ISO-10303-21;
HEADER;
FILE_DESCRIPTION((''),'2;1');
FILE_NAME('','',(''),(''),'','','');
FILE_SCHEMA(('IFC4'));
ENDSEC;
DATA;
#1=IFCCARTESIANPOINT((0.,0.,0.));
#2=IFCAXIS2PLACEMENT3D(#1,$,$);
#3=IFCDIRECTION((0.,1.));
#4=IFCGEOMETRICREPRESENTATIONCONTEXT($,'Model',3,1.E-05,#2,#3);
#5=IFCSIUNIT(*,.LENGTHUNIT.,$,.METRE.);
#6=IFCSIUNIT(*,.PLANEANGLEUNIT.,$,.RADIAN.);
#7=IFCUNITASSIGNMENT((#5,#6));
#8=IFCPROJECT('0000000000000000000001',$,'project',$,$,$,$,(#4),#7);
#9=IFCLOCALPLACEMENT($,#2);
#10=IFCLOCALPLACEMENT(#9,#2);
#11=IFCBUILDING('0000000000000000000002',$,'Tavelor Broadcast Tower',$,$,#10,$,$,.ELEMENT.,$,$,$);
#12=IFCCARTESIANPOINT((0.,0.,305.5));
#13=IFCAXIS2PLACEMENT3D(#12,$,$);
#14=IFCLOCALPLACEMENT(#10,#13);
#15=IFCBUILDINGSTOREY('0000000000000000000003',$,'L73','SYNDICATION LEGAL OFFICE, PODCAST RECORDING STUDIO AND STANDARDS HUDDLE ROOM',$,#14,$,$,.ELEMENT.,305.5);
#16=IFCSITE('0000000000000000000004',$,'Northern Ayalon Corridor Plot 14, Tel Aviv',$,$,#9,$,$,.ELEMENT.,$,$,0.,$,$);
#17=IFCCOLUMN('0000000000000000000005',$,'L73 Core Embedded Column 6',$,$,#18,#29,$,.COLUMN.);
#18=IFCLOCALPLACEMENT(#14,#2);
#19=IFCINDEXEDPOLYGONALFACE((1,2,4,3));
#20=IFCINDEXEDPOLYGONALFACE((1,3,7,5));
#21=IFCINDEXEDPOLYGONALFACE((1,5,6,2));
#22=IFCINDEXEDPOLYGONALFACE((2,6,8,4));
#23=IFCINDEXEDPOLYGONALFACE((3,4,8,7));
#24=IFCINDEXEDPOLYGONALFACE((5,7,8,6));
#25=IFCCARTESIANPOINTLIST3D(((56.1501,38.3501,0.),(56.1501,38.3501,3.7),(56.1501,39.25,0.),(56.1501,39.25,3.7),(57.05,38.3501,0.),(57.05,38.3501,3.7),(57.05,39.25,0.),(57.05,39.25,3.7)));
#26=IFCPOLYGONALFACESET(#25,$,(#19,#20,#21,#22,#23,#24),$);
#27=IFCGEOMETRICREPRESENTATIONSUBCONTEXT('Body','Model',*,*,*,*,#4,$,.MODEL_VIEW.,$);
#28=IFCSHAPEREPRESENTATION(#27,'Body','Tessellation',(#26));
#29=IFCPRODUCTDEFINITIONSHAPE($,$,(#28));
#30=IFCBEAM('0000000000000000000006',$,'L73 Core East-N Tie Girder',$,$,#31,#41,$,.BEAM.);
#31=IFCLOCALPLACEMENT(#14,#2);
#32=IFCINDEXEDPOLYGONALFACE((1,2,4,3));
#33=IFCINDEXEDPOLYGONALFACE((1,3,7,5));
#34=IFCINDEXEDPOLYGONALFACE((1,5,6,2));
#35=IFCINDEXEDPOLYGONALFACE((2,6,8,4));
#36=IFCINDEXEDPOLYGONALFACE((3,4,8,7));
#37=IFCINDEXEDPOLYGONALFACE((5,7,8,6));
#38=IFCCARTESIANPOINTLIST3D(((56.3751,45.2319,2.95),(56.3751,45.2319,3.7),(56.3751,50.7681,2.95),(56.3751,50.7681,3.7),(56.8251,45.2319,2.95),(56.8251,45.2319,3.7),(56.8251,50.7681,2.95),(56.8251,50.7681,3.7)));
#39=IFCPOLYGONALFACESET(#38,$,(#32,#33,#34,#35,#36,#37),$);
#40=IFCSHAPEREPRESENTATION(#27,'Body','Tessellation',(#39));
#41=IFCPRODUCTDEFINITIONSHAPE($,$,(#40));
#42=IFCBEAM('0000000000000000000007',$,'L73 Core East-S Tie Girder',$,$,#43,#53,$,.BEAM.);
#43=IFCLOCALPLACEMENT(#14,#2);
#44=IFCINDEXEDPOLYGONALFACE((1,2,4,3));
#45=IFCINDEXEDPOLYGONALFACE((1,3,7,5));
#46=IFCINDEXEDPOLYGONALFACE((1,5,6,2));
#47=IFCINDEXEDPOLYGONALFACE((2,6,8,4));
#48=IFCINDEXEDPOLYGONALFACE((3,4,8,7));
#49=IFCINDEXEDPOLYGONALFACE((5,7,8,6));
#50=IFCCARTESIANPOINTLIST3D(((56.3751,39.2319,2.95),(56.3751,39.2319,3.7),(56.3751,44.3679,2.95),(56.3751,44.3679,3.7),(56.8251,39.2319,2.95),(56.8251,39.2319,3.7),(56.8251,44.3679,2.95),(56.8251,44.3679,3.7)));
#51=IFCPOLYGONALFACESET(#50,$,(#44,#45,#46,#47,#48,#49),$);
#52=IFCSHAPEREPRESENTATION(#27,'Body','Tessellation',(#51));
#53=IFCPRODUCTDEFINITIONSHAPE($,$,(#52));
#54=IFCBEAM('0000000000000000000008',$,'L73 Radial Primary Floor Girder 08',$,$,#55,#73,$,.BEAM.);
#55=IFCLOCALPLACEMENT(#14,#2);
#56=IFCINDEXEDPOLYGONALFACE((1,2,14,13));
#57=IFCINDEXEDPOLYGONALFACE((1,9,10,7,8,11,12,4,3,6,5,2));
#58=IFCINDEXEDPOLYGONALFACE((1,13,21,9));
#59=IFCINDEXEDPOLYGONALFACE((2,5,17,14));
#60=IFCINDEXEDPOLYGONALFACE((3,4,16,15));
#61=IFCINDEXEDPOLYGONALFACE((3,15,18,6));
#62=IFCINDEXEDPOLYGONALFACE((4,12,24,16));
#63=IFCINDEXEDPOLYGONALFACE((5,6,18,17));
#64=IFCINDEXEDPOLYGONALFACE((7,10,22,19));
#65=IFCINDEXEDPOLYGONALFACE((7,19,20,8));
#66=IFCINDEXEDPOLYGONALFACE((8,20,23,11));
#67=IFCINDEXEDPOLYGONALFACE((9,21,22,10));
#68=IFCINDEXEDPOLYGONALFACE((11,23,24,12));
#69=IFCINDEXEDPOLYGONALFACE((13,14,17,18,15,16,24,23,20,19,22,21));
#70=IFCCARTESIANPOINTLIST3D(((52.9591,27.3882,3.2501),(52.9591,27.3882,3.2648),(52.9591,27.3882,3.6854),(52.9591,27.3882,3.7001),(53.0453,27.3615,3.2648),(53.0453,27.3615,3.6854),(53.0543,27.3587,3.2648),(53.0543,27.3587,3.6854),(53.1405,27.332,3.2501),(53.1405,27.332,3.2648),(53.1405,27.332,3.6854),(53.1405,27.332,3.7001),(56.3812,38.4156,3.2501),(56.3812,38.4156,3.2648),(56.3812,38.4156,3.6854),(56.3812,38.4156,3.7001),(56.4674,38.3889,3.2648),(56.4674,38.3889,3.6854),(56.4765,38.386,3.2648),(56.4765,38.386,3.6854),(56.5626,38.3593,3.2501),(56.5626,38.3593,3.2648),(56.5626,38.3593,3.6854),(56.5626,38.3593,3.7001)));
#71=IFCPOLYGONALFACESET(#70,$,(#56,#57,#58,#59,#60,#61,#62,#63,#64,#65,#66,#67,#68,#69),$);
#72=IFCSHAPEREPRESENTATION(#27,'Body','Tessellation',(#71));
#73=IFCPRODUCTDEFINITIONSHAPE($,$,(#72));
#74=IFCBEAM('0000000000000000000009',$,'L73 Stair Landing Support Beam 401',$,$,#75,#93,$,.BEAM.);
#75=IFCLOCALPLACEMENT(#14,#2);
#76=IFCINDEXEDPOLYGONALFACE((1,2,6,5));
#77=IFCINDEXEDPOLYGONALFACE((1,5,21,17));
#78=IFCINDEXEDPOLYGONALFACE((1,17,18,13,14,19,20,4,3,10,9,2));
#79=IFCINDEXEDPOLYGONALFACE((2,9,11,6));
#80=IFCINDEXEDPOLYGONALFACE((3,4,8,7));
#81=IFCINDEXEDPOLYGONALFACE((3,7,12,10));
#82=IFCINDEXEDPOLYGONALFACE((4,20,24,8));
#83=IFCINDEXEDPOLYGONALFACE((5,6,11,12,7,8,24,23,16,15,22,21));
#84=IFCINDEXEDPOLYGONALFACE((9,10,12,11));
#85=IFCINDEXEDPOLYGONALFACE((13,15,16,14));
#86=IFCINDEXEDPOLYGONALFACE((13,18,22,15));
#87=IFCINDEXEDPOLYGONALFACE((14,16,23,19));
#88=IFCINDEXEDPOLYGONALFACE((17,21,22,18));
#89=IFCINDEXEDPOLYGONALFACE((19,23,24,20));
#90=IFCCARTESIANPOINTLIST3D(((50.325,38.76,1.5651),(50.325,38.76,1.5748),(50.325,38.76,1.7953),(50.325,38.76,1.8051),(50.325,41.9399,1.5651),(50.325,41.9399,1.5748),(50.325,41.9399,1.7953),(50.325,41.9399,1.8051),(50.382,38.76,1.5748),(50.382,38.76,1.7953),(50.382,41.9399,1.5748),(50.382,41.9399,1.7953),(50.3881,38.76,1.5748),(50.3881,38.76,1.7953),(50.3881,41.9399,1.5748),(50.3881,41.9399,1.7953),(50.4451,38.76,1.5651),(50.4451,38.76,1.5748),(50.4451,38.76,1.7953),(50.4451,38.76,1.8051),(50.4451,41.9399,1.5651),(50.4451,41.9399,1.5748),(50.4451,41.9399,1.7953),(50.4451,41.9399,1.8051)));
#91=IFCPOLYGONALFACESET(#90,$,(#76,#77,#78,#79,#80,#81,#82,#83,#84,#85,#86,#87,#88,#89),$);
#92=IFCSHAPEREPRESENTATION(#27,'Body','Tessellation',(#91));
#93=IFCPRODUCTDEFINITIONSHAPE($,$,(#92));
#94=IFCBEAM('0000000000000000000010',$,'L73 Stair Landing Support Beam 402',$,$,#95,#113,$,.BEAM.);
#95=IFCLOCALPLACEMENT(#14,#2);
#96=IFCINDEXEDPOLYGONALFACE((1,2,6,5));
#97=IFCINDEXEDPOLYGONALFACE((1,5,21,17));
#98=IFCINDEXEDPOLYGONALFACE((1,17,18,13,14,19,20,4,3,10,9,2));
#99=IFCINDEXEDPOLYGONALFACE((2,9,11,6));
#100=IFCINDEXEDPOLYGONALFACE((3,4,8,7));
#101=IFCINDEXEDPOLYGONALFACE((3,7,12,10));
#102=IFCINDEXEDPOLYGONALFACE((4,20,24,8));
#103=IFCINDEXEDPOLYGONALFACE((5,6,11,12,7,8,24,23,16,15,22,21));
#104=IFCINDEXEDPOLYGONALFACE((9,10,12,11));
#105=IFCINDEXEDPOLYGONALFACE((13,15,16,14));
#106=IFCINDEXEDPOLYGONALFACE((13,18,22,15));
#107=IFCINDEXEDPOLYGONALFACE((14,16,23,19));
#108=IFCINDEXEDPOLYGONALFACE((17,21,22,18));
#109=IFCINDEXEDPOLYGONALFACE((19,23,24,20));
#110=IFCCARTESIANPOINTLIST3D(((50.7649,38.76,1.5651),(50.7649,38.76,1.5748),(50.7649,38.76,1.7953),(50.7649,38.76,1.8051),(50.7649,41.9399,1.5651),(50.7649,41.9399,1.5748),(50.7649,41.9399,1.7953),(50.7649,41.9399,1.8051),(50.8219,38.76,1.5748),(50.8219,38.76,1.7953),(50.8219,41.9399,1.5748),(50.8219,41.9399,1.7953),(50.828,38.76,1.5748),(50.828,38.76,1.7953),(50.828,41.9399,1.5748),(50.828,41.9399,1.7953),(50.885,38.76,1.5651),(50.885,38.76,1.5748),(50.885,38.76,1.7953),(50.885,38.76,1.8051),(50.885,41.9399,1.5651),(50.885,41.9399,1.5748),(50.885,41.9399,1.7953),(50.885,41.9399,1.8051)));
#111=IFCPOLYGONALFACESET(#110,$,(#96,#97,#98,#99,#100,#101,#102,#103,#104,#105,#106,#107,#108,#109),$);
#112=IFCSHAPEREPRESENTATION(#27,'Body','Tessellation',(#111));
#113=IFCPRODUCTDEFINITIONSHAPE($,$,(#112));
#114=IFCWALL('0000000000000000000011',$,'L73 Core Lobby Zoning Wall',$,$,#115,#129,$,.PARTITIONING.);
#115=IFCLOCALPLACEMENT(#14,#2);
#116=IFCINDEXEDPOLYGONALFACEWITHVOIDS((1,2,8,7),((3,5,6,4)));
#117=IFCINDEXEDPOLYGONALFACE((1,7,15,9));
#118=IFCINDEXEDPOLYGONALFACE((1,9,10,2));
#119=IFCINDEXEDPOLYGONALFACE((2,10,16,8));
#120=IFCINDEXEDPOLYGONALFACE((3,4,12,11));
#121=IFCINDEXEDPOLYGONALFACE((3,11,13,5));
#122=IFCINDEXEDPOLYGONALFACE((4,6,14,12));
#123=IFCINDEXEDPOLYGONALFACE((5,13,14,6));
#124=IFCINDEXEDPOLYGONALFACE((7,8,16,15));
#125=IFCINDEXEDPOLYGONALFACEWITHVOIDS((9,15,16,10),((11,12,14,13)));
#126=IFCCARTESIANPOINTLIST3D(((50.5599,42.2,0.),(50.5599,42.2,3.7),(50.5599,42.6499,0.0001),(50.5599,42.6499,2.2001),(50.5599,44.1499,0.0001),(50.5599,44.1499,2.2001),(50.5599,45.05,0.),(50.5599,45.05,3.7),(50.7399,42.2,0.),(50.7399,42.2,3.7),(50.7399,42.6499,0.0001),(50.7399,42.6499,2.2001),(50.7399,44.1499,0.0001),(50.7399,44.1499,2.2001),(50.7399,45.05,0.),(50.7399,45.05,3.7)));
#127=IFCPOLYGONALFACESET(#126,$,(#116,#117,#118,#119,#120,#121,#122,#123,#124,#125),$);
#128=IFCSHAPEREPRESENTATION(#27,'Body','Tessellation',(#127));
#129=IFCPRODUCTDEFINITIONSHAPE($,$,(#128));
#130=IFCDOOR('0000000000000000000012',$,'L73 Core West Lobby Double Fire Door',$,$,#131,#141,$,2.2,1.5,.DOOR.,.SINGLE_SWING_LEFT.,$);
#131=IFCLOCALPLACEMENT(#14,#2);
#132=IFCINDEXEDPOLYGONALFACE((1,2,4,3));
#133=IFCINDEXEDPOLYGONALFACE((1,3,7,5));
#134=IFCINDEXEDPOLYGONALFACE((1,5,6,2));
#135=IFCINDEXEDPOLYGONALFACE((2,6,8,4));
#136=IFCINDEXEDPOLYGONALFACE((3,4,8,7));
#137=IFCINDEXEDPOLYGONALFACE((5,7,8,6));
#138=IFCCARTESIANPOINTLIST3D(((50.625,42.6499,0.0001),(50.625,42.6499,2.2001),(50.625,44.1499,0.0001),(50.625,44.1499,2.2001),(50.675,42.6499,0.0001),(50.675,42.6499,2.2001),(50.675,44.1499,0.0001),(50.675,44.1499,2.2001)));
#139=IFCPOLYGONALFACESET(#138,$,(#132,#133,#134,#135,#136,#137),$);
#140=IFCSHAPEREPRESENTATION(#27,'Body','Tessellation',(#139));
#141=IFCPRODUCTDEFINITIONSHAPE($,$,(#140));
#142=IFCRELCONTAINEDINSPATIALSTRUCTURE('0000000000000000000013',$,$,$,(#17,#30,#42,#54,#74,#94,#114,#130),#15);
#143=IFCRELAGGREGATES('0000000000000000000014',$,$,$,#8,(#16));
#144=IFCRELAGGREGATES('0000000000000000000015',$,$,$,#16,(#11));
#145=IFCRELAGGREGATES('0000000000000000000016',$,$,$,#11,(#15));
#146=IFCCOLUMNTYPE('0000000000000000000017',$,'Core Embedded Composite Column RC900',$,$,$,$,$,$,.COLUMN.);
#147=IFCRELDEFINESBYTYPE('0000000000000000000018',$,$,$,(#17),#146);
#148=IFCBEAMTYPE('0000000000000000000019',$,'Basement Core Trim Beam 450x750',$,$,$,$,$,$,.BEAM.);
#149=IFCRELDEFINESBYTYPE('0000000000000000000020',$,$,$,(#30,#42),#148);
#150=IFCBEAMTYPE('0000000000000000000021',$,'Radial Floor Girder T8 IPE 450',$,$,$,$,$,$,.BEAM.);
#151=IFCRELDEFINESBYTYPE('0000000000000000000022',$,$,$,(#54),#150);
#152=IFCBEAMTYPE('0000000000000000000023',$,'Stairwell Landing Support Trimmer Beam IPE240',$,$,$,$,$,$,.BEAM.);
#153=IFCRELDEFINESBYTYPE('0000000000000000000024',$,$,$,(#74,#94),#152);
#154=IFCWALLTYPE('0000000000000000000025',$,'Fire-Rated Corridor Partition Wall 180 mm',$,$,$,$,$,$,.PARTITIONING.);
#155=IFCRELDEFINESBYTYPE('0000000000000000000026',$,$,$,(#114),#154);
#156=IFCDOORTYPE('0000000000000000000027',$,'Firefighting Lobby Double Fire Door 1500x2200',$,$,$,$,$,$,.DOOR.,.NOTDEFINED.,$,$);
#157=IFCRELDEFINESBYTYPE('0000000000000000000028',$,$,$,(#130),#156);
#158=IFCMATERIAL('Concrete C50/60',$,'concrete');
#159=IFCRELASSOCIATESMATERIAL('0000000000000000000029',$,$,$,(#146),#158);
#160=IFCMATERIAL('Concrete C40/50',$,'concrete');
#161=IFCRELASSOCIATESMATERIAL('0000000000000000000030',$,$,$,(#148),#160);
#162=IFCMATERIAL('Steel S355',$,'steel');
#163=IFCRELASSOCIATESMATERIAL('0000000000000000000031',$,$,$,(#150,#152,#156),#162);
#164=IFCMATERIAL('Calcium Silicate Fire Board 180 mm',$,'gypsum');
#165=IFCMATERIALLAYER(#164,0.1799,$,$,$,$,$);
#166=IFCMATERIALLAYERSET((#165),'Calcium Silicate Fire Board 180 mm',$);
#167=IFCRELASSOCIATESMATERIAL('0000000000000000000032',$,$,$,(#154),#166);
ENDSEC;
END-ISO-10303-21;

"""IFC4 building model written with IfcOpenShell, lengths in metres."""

from ifc_helpers import new_model, si_unit, direction, frame, frame_2d, origin, origin_2d, place, context, subcontext, project, spatial, rectangle, i_section, extrude, material, layer, layer_set, material_profile, profile_set, type_object, element, fill, save


model = new_model("IFC4")

# Units and contexts
model_context = context("Model", 3, precision=1e-05, world=origin(), true_north=direction((0.0, 1.0)))
body_context = subcontext(model_context, "Body", "Model", "MODEL_VIEW")
ifc_project = project(units=[si_unit("LENGTHUNIT", "METRE"), si_unit("PLANEANGLEUNIT", "RADIAN")], contexts=[model_context])

# Site, building, storey
site_placement = place(None, origin())
site = spatial("IfcSite", under=ifc_project, at=site_placement, Name="Northern Ayalon Corridor Plot 14, Tel Aviv", CompositionType="ELEMENT", RefElevation=0.0)
building_placement = place(site_placement, origin())
building = spatial("IfcBuilding", under=site, at=building_placement, Name="Tavelor Broadcast Tower", CompositionType="ELEMENT")
storey_placement = place(building_placement, frame((0.0, 0.0, 305.5)))
storey = spatial("IfcBuildingStorey", under=building, at=storey_placement, Name="L73", Description="SYNDICATION LEGAL OFFICE, PODCAST RECORDING STUDIO AND STANDARDS HUDDLE ROOM", CompositionType="ELEMENT", Elevation=305.5)

# Column
ifc_material_1 = material(Name="Concrete C50/60", Category="concrete")
ifc_material_profile_1 = material_profile(ifc_material_1, rectangle(XDim=0.8999, YDim=0.8999, at=origin_2d()), Name="RC 900x900")
ifc_profile_set_1 = profile_set([ifc_material_profile_1], Name="Concrete C50/60")
column_type = type_object("IfcColumnType", Name="Core Embedded Composite Column RC900", PredefinedType="COLUMN", material=ifc_profile_set_1)
column_placement = place(storey_placement, frame((56.6001, 38.8, 0.0), z_axis=(0.0, 0.0, 1.0), x_axis=(1.0, 0.0, 0.0)))
element("IfcColumn", 1, at=column_placement, inside=storey, type_object=column_type, Name="L73 Core Embedded Column 6", PredefinedType="COLUMN", context=body_context, shape_type="SweptSolid", body=[
    extrude(rectangle(XDim=0.8999, YDim=0.8999, at=origin_2d()), origin(), (0.0, 0.0, 1.0), 3.7),
])

# Beams
ifc_material_2 = material(Name="Concrete C40/50", Category="concrete")
ifc_material_profile_2 = material_profile(ifc_material_2, rectangle(XDim=0.45, YDim=0.75, at=origin_2d()), Name="RC 450x750")
ifc_profile_set_2 = profile_set([ifc_material_profile_2], Name="Concrete C40/50")
beam_type_1 = type_object("IfcBeamType", Name="Basement Core Trim Beam 450x750", PredefinedType="BEAM", material=ifc_profile_set_2)
beam_1_placement = place(storey_placement, frame((56.6001, 45.2319, 3.325), z_axis=(0.0, 1.0, 0.0), x_axis=(-1.0, 0.0, 0.0)))
element("IfcBeam", 2, at=beam_1_placement, inside=storey, type_object=beam_type_1, Name="L73 Core East-N Tie Girder", PredefinedType="BEAM", context=body_context, shape_type="SweptSolid", body=[
    extrude(rectangle(XDim=0.45, YDim=0.75, at=origin_2d()), origin(), (0.0, 0.0, 1.0), 5.5361),
])
beam_2_placement = place(storey_placement, frame((56.6001, 39.2319, 3.325), z_axis=(0.0, 1.0, 0.0), x_axis=(-1.0, 0.0, 0.0)))
element("IfcBeam", 3, at=beam_2_placement, inside=storey, type_object=beam_type_1, Name="L73 Core East-S Tie Girder", PredefinedType="BEAM", context=body_context, shape_type="SweptSolid", body=[
    extrude(rectangle(XDim=0.45, YDim=0.75, at=origin_2d()), origin(), (0.0, 0.0, 1.0), 5.136),
])
ifc_material_3 = material(Name="Steel S355", Category="steel")
ifc_material_profile_3 = material_profile(ifc_material_3, i_section(OverallWidth=0.1899, OverallDepth=0.45, WebThickness=0.0095, FlangeThickness=0.0146, at=origin_2d()), Name="IPE 450")
ifc_profile_set_3 = profile_set([ifc_material_profile_3], Name="Steel S355")
beam_type_2 = type_object("IfcBeamType", Name="Radial Floor Girder T8 IPE 450", PredefinedType="BEAM", material=ifc_profile_set_3)
beam_3_placement = place(storey_placement, frame((56.4719, 38.3875, 3.4751), z_axis=(-0.296387, -0.955068, 0.0), x_axis=(0.955068, -0.296387, 0.0)))
element("IfcBeam", 4, at=beam_3_placement, inside=storey, type_object=beam_type_2, Name="L73 Radial Primary Floor Girder 08", PredefinedType="BEAM", context=body_context, shape_type="SweptSolid", body=[
    extrude(i_section(OverallWidth=0.1899, OverallDepth=0.45, WebThickness=0.0095, FlangeThickness=0.0146, at=origin_2d()), origin(), (0.0, 0.0, 1.0), 11.5461),
])
ifc_material_profile_4 = material_profile(ifc_material_3, i_section(OverallWidth=0.1201, OverallDepth=0.24, WebThickness=0.0061, FlangeThickness=0.0098, at=origin_2d()), Name="IPE 240")
ifc_profile_set_4 = profile_set([ifc_material_profile_4], Name="Steel S355")
beam_type_3 = type_object("IfcBeamType", Name="Stairwell Landing Support Trimmer Beam IPE240", PredefinedType="BEAM", material=ifc_profile_set_4)
for number, where, z_axis, x_axis, name in (
    (5, (50.385, 38.76, 1.6851), (0.0, 1.0, 0.0), (-1.0, 0.0, 0.0), "L73 Stair Landing Support Beam 401"),
    (6, (50.825, 38.76, 1.6851), (0.0, 1.0, 0.0), (-1.0, 0.0, 0.0), "L73 Stair Landing Support Beam 402"),
):
    element("IfcBeam", number, at=place(storey_placement, frame(where, z_axis=z_axis, x_axis=x_axis)), inside=storey, type_object=beam_type_3, Name=name, PredefinedType="BEAM", context=body_context, shape_type="SweptSolid", body=[
        extrude(i_section(OverallWidth=0.1201, OverallDepth=0.24, WebThickness=0.0061, FlangeThickness=0.0098, at=origin_2d()), origin(), (0.0, 0.0, 1.0), 3.1799),
    ])

# Wall, opening, door
ifc_material_4 = material(Name="Calcium Silicate Fire Board 180 mm", Category="gypsum")
ifc_layer_1 = layer(ifc_material_4, 0.1799)
ifc_layer_set_1 = layer_set([ifc_layer_1], Name="Calcium Silicate Fire Board 180 mm")
wall_type_1 = type_object("IfcWallType", Name="Fire-Rated Corridor Partition Wall 180 mm", PredefinedType="PARTITIONING", material=ifc_layer_set_1)
wall_1_placement = place(storey_placement, frame((50.6499, 42.2, 0.0), z_axis=(0.0, 0.0, 1.0), x_axis=(0.0, 1.0, 0.0)))
wall_1 = element("IfcWall", 7, at=wall_1_placement, inside=storey, type_object=wall_type_1, Name="L73 Core Lobby Zoning Wall", PredefinedType="PARTITIONING", context=body_context, shape_type="SweptSolid", body=[
    extrude(rectangle(XDim=2.8501, YDim=0.1799, at=frame_2d((1.425, 0.0))), origin(), (0.0, 0.0, 1.0), 3.7),
])
opening_1_placement = place(wall_1_placement, frame((0.45, 0.0, 0.0)))
opening_1 = element("IfcOpeningElement", 8, at=opening_1_placement, cuts=wall_1, PredefinedType="OPENING", context=body_context, shape_type="SweptSolid", body=[
    extrude(rectangle(XDim=1.5, YDim=2.2, at=frame_2d((0.75, 1.1001))), frame((0.0, 0.1001, 0.0), z_axis=(0.0, -1.0, 0.0), x_axis=(1.0, 0.0, 0.0)), (0.0, 0.0, 1.0), 0.2),
])
door_type_1 = type_object("IfcDoorType", Name="Firefighting Lobby Double Fire Door 1500x2200", OperationType="NOTDEFINED", PredefinedType="DOOR", material=ifc_material_3)
door_1_placement = place(opening_1_placement, origin())
door_1 = element("IfcDoor", 9, at=door_1_placement, inside=storey, type_object=door_type_1, Name="L73 Core West Lobby Double Fire Door", OperationType="SINGLE_SWING_LEFT", OverallHeight=2.2, OverallWidth=1.5, PredefinedType="DOOR", context=body_context, shape_type="SweptSolid", body=[
    extrude(rectangle(XDim=1.5, YDim=2.2, at=frame_2d((0.75, 1.1001))), frame((0.0, 0.0249, 0.0), z_axis=(0.0, -1.0, 0.0), x_axis=(1.0, 0.0, 0.0)), (0.0, 0.0, 1.0), 0.05),
])
fill(opening_1, door_1)

save(model, "model.ifc")
